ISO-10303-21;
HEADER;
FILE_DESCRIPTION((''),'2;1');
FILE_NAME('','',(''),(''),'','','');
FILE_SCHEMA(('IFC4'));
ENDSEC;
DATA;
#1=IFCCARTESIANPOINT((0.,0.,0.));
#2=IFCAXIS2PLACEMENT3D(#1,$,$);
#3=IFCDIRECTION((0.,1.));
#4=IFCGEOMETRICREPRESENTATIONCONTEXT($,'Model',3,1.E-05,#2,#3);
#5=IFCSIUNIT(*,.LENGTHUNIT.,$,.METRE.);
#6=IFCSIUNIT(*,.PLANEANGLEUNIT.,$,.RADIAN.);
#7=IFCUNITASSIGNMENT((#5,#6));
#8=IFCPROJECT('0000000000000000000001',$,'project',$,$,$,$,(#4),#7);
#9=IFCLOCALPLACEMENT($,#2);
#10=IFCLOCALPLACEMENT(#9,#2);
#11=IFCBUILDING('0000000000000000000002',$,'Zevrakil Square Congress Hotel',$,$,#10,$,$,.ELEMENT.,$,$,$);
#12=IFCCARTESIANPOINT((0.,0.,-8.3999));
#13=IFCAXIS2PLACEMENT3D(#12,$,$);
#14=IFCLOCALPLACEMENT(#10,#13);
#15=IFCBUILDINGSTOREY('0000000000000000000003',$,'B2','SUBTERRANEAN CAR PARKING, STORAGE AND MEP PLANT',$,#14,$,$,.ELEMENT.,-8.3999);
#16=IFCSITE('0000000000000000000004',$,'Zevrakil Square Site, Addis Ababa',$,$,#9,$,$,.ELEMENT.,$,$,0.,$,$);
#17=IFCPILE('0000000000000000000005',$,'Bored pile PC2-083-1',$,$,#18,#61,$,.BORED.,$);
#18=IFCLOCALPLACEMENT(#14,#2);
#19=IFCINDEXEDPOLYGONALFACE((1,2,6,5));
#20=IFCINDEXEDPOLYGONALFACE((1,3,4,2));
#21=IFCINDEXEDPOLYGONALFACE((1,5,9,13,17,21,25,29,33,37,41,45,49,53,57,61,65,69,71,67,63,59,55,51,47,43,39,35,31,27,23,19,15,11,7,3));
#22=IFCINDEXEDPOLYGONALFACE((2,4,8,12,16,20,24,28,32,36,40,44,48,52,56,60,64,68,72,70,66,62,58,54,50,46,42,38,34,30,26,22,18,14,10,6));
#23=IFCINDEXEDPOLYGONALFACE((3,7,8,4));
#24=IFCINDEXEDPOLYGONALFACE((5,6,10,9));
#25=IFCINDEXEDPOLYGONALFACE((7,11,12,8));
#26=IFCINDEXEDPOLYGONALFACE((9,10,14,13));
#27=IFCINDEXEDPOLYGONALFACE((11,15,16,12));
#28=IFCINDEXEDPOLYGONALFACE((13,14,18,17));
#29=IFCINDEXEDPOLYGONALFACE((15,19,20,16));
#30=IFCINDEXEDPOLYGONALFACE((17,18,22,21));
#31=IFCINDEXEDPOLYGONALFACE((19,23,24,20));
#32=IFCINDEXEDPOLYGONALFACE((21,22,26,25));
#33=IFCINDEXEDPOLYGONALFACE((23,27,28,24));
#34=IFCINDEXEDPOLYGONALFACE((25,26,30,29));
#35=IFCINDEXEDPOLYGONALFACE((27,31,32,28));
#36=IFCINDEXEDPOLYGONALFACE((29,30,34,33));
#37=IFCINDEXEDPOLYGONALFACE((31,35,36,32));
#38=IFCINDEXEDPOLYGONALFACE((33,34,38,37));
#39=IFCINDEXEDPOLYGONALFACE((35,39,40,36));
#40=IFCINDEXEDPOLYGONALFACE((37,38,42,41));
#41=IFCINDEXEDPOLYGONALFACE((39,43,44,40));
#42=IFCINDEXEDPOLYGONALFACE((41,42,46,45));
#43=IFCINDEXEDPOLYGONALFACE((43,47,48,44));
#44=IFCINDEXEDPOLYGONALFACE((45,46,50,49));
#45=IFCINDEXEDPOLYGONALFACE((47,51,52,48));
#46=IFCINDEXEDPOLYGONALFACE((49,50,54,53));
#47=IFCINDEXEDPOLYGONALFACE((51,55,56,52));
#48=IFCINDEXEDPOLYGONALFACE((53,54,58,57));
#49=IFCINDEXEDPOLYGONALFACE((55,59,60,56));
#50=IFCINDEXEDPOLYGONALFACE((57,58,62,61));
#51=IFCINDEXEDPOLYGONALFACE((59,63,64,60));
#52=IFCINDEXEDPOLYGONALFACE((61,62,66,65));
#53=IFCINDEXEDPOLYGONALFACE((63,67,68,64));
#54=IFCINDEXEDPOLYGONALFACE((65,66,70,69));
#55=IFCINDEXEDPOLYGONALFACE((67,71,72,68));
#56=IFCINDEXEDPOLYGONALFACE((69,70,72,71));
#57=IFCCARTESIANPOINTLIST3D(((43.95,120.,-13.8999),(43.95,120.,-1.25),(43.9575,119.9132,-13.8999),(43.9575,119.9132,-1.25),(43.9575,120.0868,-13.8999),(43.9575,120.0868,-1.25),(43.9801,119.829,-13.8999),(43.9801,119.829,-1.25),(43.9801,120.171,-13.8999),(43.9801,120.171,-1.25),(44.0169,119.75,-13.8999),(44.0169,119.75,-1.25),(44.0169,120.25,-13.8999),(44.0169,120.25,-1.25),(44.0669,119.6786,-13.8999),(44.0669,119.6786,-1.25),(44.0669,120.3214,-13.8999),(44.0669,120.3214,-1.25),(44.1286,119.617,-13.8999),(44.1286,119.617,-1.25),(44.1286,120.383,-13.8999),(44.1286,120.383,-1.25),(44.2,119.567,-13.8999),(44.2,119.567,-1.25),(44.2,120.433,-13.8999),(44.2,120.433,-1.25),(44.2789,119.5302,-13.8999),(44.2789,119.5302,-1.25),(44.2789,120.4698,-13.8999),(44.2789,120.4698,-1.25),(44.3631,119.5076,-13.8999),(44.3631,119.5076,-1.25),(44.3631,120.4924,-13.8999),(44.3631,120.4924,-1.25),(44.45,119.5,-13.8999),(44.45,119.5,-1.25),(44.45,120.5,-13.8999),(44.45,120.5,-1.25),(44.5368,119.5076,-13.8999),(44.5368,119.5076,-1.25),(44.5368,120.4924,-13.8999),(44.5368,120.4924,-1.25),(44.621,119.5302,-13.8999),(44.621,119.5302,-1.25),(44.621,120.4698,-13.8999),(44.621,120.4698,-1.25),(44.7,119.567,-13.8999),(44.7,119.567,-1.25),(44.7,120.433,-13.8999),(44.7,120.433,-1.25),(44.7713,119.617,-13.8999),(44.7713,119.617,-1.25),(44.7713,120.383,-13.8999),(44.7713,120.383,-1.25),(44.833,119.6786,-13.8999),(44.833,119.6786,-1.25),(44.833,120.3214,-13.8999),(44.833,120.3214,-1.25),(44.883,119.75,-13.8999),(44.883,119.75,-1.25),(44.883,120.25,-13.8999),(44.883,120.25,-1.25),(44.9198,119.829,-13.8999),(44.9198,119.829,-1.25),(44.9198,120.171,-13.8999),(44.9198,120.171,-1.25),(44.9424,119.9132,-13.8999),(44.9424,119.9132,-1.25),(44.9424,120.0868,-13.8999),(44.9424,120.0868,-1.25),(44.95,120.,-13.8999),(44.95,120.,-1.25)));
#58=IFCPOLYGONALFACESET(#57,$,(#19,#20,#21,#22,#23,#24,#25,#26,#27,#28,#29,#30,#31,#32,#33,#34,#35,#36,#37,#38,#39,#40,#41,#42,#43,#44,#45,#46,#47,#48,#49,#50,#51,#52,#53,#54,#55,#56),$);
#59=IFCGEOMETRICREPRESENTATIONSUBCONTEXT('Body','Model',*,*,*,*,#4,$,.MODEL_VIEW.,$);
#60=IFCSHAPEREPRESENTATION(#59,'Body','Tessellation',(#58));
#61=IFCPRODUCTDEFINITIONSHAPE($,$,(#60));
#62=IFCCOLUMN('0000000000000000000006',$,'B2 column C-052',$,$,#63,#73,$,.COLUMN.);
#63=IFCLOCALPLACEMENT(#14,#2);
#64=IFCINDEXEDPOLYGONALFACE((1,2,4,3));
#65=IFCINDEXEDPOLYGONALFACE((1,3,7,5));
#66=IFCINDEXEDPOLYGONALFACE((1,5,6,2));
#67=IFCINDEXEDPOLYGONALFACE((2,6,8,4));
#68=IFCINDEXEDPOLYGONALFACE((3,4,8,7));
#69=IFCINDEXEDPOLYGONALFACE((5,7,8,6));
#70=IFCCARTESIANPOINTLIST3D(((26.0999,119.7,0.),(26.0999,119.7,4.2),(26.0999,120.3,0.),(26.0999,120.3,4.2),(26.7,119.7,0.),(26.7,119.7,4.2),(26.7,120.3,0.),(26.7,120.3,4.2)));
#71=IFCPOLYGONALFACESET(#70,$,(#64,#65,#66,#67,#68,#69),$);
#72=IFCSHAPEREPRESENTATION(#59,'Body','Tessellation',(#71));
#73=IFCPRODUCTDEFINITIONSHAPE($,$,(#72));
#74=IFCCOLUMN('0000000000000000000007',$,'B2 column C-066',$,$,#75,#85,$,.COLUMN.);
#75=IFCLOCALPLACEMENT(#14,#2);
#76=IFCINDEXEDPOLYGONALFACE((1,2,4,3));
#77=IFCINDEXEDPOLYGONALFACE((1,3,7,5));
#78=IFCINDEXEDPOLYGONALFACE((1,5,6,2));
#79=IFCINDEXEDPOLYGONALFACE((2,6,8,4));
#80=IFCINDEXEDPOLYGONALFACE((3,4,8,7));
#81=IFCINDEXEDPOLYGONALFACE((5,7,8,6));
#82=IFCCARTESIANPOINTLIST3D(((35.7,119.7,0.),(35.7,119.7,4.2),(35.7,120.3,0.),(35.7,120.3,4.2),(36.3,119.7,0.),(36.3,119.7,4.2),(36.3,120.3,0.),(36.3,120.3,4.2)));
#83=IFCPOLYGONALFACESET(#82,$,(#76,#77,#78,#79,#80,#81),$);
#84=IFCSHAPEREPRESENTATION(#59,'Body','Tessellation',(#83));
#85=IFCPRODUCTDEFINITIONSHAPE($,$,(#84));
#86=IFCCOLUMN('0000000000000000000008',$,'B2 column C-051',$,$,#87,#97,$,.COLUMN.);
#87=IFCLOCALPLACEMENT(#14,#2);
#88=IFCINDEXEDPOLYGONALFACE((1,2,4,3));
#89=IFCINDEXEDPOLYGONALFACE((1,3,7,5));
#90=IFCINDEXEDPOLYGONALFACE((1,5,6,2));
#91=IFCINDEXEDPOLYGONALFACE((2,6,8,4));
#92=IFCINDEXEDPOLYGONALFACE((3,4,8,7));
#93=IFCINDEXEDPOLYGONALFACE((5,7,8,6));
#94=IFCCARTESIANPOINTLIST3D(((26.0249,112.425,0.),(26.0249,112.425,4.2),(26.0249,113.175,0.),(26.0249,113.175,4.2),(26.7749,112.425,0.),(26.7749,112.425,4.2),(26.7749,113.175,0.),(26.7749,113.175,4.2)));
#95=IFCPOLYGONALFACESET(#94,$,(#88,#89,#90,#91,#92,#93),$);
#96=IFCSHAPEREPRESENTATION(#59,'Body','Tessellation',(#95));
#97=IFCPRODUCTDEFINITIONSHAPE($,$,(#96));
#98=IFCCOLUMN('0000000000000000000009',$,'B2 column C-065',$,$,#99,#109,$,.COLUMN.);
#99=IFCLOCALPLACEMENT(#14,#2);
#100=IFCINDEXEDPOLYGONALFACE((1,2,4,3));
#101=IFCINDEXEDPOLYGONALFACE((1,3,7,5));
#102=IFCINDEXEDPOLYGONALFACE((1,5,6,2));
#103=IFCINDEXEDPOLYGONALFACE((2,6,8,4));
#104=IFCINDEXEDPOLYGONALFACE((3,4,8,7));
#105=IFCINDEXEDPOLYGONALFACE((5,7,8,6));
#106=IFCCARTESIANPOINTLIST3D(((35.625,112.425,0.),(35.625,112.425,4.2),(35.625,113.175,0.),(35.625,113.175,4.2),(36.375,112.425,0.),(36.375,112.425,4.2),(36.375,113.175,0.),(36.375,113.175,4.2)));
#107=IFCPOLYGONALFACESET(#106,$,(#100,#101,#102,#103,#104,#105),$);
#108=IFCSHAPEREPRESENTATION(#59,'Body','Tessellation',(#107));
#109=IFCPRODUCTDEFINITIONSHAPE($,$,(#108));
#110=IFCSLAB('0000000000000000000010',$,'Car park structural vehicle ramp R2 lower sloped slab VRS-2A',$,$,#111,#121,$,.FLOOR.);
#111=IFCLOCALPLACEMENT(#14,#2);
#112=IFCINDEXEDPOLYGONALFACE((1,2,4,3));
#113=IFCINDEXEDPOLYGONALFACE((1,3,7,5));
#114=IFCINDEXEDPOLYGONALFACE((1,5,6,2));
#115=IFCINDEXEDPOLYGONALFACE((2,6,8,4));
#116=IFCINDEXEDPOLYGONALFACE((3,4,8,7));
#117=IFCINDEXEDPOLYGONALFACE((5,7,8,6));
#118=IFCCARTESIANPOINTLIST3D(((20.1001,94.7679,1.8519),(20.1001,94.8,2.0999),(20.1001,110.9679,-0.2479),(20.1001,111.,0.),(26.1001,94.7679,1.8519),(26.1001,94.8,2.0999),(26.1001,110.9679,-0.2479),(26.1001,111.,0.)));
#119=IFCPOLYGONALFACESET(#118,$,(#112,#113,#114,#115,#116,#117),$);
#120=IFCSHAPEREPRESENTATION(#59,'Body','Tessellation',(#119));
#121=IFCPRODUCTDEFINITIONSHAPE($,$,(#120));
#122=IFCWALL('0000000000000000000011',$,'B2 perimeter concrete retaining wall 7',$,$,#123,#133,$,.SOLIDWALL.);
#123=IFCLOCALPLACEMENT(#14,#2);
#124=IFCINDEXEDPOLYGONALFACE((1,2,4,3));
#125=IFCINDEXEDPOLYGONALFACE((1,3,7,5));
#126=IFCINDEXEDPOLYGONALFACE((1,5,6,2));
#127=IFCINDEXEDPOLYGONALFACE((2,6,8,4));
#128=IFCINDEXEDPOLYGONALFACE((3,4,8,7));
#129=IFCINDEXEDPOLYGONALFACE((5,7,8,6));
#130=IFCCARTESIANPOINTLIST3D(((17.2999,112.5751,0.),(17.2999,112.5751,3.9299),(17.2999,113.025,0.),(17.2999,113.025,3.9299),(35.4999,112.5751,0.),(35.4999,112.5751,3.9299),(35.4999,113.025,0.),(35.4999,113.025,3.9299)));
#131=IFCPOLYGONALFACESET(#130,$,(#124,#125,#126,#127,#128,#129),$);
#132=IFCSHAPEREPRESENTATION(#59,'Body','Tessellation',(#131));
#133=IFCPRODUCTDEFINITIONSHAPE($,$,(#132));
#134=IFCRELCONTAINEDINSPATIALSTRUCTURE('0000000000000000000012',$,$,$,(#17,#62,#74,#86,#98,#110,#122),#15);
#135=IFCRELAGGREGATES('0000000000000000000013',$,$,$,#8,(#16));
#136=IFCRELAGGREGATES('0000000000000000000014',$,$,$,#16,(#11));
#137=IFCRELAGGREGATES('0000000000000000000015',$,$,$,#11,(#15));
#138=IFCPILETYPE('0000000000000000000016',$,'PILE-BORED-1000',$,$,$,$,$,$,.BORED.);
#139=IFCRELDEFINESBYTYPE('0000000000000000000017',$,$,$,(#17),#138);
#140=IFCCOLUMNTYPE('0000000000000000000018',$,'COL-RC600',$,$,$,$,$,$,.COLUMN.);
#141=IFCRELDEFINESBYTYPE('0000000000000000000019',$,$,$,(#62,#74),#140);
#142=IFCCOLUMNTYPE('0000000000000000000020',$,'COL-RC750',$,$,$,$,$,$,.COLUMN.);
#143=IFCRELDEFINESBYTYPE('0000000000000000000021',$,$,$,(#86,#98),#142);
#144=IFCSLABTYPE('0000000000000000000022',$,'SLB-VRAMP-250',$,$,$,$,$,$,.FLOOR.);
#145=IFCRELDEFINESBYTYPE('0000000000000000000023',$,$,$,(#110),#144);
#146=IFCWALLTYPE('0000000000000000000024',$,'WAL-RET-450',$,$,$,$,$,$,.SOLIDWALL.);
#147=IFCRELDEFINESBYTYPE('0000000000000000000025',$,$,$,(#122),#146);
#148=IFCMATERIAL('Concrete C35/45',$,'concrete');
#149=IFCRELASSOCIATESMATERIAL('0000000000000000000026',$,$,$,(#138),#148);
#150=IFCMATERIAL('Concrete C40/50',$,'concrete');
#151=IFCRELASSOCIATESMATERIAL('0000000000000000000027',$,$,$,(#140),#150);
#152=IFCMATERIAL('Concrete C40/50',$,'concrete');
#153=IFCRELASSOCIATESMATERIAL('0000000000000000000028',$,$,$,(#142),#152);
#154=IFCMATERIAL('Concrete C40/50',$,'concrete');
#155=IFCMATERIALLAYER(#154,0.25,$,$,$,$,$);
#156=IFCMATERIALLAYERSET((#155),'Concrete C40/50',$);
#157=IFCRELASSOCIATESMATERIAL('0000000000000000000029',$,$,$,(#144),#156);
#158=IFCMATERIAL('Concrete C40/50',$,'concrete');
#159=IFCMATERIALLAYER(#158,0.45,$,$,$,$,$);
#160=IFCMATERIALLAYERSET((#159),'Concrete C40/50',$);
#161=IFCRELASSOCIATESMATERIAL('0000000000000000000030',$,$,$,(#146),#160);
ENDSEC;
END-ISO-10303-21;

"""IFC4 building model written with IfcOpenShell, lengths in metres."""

from ifc_helpers import new_model, si_unit, direction, frame, frame_2d, origin, origin_2d, place, context, subcontext, project, spatial, polyline, rectangle, circle, outline, extrude, material, layer, layer_set, material_profile, profile_set, type_object, element, save


model = new_model("IFC4")

# Units and contexts
model_context = context("Model", 3, precision=1e-05, world=origin(), true_north=direction((0.0, 1.0)))
body_context = subcontext(model_context, "Body", "Model", "MODEL_VIEW")
ifc_project = project(units=[si_unit("LENGTHUNIT", "METRE"), si_unit("PLANEANGLEUNIT", "RADIAN")], contexts=[model_context])

# Site, building, storey
site_placement = place(None, origin())
site = spatial("IfcSite", under=ifc_project, at=site_placement, Name="Zevrakil Square Site, Addis Ababa", CompositionType="ELEMENT", RefElevation=0.0)
building_placement = place(site_placement, origin())
building = spatial("IfcBuilding", under=site, at=building_placement, Name="Zevrakil Square Congress Hotel", CompositionType="ELEMENT")
storey_placement = place(building_placement, frame((0.0, 0.0, -8.3999)))
storey = spatial("IfcBuildingStorey", under=building, at=storey_placement, Name="B2", Description="SUBTERRANEAN CAR PARKING, STORAGE AND MEP PLANT", CompositionType="ELEMENT", Elevation=-8.3999)

# Pile
ifc_material_1 = material(Name="Concrete C35/45", Category="concrete")
ifc_material_profile_1 = material_profile(ifc_material_1, circle(Radius=0.5, at=origin_2d()), Name="PILE D1000")
ifc_profile_set_1 = profile_set([ifc_material_profile_1], Name="Concrete C35/45")
pile_type = type_object("IfcPileType", Name="PILE-BORED-1000", PredefinedType="BORED", material=ifc_profile_set_1)
pile_1_placement = place(storey_placement, frame((44.45, 120.0, -1.25), z_axis=(0.0, 0.0, -1.0), x_axis=(1.0, 0.0, 0.0)))
element("IfcPile", 1, at=pile_1_placement, inside=storey, type_object=pile_type, Name="Bored pile PC2-083-1", PredefinedType="BORED", context=body_context, shape_type="SweptSolid", body=[
    extrude(circle(Radius=0.5, at=origin_2d()), origin(), (0.0, 0.0, 1.0), 12.6499),
])

# Columns
ifc_material_2 = material(Name="Concrete C40/50", Category="concrete")
ifc_material_profile_2 = material_profile(ifc_material_2, rectangle(XDim=0.6001, YDim=0.6001, at=origin_2d()), Name="RC 600x600")
ifc_profile_set_2 = profile_set([ifc_material_profile_2], Name="Concrete C40/50")
column_type_1 = type_object("IfcColumnType", Name="COL-RC600", PredefinedType="COLUMN", material=ifc_profile_set_2)
for number, where, z_axis, x_axis, name in (
    (2, (26.3999, 120.0, 0.0), (0.0, 0.0, 1.0), (1.0, 0.0, 0.0), "B2 column C-052"),
    (3, (36.0, 120.0, 0.0), (0.0, 0.0, 1.0), (1.0, 0.0, 0.0), "B2 column C-066"),
):
    element("IfcColumn", number, at=place(storey_placement, frame(where, z_axis=z_axis, x_axis=x_axis)), inside=storey, type_object=column_type_1, Name=name, PredefinedType="COLUMN", context=body_context, shape_type="SweptSolid", body=[
        extrude(rectangle(XDim=0.6001, YDim=0.6001, at=origin_2d()), origin(), (0.0, 0.0, 1.0), 4.2),
    ])
ifc_material_3 = material(Name="Concrete C40/50", Category="concrete")
ifc_material_profile_3 = material_profile(ifc_material_3, rectangle(XDim=0.75, YDim=0.75, at=origin_2d()), Name="RC 750x750")
ifc_profile_set_3 = profile_set([ifc_material_profile_3], Name="Concrete C40/50")
column_type_2 = type_object("IfcColumnType", Name="COL-RC750", PredefinedType="COLUMN", material=ifc_profile_set_3)
for number, where, z_axis, x_axis, name in (
    (4, (26.3999, 112.8, 0.0), (0.0, 0.0, 1.0), (1.0, 0.0, 0.0), "B2 column C-051"),
    (5, (36.0, 112.8, 0.0), (0.0, 0.0, 1.0), (1.0, 0.0, 0.0), "B2 column C-065"),
):
    element("IfcColumn", number, at=place(storey_placement, frame(where, z_axis=z_axis, x_axis=x_axis)), inside=storey, type_object=column_type_2, Name=name, PredefinedType="COLUMN", context=body_context, shape_type="SweptSolid", body=[
        extrude(rectangle(XDim=0.75, YDim=0.75, at=origin_2d()), origin(), (0.0, 0.0, 1.0), 4.2),
    ])

# Slab
ifc_material_4 = material(Name="Concrete C40/50", Category="concrete")
ifc_layer_1 = layer(ifc_material_4, 0.25)
ifc_layer_set_1 = layer_set([ifc_layer_1], Name="Concrete C40/50")
slab_type = type_object("IfcSlabType", Name="SLB-VRAMP-250", PredefinedType="FLOOR", material=ifc_layer_set_1)
slab_placement = place(storey_placement, frame((20.1001, 111.0, 0.0), z_axis=(0.0, 0.128546, 0.991704), x_axis=(1.0, 0.0, 0.0)))
element("IfcSlab", 6, at=slab_placement, inside=storey, type_object=slab_type, Name="Car park structural vehicle ramp R2 lower sloped slab VRS-2A", PredefinedType="FLOOR", context=body_context, shape_type="SweptSolid", body=[
    extrude(outline(polyline([(0.0, 0.0), (6.0, 0.0), (6.0, -16.3355), (0.0, -16.3355), (0.0, 0.0)])), origin(), (0.0, 0.0, -1.0), 0.25),
])

# Wall
ifc_material_5 = material(Name="Concrete C40/50", Category="concrete")
ifc_layer_2 = layer(ifc_material_5, 0.45)
ifc_layer_set_2 = layer_set([ifc_layer_2], Name="Concrete C40/50")
wall_type = type_object("IfcWallType", Name="WAL-RET-450", PredefinedType="SOLIDWALL", material=ifc_layer_set_2)
wall_placement = place(storey_placement, frame((35.5, 112.8, 0.0), z_axis=(0.0, 0.0, 1.0), x_axis=(-1.0, 0.0, 0.0)))
element("IfcWall", 7, at=wall_placement, inside=storey, type_object=wall_type, Name="B2 perimeter concrete retaining wall 7", PredefinedType="SOLIDWALL", context=body_context, shape_type="SweptSolid", body=[
    extrude(rectangle(XDim=18.2, YDim=0.45, at=frame_2d((9.1001, 0.0))), origin(), (0.0, 0.0, 1.0), 3.9299),
])

save(model, "model.ifc")
